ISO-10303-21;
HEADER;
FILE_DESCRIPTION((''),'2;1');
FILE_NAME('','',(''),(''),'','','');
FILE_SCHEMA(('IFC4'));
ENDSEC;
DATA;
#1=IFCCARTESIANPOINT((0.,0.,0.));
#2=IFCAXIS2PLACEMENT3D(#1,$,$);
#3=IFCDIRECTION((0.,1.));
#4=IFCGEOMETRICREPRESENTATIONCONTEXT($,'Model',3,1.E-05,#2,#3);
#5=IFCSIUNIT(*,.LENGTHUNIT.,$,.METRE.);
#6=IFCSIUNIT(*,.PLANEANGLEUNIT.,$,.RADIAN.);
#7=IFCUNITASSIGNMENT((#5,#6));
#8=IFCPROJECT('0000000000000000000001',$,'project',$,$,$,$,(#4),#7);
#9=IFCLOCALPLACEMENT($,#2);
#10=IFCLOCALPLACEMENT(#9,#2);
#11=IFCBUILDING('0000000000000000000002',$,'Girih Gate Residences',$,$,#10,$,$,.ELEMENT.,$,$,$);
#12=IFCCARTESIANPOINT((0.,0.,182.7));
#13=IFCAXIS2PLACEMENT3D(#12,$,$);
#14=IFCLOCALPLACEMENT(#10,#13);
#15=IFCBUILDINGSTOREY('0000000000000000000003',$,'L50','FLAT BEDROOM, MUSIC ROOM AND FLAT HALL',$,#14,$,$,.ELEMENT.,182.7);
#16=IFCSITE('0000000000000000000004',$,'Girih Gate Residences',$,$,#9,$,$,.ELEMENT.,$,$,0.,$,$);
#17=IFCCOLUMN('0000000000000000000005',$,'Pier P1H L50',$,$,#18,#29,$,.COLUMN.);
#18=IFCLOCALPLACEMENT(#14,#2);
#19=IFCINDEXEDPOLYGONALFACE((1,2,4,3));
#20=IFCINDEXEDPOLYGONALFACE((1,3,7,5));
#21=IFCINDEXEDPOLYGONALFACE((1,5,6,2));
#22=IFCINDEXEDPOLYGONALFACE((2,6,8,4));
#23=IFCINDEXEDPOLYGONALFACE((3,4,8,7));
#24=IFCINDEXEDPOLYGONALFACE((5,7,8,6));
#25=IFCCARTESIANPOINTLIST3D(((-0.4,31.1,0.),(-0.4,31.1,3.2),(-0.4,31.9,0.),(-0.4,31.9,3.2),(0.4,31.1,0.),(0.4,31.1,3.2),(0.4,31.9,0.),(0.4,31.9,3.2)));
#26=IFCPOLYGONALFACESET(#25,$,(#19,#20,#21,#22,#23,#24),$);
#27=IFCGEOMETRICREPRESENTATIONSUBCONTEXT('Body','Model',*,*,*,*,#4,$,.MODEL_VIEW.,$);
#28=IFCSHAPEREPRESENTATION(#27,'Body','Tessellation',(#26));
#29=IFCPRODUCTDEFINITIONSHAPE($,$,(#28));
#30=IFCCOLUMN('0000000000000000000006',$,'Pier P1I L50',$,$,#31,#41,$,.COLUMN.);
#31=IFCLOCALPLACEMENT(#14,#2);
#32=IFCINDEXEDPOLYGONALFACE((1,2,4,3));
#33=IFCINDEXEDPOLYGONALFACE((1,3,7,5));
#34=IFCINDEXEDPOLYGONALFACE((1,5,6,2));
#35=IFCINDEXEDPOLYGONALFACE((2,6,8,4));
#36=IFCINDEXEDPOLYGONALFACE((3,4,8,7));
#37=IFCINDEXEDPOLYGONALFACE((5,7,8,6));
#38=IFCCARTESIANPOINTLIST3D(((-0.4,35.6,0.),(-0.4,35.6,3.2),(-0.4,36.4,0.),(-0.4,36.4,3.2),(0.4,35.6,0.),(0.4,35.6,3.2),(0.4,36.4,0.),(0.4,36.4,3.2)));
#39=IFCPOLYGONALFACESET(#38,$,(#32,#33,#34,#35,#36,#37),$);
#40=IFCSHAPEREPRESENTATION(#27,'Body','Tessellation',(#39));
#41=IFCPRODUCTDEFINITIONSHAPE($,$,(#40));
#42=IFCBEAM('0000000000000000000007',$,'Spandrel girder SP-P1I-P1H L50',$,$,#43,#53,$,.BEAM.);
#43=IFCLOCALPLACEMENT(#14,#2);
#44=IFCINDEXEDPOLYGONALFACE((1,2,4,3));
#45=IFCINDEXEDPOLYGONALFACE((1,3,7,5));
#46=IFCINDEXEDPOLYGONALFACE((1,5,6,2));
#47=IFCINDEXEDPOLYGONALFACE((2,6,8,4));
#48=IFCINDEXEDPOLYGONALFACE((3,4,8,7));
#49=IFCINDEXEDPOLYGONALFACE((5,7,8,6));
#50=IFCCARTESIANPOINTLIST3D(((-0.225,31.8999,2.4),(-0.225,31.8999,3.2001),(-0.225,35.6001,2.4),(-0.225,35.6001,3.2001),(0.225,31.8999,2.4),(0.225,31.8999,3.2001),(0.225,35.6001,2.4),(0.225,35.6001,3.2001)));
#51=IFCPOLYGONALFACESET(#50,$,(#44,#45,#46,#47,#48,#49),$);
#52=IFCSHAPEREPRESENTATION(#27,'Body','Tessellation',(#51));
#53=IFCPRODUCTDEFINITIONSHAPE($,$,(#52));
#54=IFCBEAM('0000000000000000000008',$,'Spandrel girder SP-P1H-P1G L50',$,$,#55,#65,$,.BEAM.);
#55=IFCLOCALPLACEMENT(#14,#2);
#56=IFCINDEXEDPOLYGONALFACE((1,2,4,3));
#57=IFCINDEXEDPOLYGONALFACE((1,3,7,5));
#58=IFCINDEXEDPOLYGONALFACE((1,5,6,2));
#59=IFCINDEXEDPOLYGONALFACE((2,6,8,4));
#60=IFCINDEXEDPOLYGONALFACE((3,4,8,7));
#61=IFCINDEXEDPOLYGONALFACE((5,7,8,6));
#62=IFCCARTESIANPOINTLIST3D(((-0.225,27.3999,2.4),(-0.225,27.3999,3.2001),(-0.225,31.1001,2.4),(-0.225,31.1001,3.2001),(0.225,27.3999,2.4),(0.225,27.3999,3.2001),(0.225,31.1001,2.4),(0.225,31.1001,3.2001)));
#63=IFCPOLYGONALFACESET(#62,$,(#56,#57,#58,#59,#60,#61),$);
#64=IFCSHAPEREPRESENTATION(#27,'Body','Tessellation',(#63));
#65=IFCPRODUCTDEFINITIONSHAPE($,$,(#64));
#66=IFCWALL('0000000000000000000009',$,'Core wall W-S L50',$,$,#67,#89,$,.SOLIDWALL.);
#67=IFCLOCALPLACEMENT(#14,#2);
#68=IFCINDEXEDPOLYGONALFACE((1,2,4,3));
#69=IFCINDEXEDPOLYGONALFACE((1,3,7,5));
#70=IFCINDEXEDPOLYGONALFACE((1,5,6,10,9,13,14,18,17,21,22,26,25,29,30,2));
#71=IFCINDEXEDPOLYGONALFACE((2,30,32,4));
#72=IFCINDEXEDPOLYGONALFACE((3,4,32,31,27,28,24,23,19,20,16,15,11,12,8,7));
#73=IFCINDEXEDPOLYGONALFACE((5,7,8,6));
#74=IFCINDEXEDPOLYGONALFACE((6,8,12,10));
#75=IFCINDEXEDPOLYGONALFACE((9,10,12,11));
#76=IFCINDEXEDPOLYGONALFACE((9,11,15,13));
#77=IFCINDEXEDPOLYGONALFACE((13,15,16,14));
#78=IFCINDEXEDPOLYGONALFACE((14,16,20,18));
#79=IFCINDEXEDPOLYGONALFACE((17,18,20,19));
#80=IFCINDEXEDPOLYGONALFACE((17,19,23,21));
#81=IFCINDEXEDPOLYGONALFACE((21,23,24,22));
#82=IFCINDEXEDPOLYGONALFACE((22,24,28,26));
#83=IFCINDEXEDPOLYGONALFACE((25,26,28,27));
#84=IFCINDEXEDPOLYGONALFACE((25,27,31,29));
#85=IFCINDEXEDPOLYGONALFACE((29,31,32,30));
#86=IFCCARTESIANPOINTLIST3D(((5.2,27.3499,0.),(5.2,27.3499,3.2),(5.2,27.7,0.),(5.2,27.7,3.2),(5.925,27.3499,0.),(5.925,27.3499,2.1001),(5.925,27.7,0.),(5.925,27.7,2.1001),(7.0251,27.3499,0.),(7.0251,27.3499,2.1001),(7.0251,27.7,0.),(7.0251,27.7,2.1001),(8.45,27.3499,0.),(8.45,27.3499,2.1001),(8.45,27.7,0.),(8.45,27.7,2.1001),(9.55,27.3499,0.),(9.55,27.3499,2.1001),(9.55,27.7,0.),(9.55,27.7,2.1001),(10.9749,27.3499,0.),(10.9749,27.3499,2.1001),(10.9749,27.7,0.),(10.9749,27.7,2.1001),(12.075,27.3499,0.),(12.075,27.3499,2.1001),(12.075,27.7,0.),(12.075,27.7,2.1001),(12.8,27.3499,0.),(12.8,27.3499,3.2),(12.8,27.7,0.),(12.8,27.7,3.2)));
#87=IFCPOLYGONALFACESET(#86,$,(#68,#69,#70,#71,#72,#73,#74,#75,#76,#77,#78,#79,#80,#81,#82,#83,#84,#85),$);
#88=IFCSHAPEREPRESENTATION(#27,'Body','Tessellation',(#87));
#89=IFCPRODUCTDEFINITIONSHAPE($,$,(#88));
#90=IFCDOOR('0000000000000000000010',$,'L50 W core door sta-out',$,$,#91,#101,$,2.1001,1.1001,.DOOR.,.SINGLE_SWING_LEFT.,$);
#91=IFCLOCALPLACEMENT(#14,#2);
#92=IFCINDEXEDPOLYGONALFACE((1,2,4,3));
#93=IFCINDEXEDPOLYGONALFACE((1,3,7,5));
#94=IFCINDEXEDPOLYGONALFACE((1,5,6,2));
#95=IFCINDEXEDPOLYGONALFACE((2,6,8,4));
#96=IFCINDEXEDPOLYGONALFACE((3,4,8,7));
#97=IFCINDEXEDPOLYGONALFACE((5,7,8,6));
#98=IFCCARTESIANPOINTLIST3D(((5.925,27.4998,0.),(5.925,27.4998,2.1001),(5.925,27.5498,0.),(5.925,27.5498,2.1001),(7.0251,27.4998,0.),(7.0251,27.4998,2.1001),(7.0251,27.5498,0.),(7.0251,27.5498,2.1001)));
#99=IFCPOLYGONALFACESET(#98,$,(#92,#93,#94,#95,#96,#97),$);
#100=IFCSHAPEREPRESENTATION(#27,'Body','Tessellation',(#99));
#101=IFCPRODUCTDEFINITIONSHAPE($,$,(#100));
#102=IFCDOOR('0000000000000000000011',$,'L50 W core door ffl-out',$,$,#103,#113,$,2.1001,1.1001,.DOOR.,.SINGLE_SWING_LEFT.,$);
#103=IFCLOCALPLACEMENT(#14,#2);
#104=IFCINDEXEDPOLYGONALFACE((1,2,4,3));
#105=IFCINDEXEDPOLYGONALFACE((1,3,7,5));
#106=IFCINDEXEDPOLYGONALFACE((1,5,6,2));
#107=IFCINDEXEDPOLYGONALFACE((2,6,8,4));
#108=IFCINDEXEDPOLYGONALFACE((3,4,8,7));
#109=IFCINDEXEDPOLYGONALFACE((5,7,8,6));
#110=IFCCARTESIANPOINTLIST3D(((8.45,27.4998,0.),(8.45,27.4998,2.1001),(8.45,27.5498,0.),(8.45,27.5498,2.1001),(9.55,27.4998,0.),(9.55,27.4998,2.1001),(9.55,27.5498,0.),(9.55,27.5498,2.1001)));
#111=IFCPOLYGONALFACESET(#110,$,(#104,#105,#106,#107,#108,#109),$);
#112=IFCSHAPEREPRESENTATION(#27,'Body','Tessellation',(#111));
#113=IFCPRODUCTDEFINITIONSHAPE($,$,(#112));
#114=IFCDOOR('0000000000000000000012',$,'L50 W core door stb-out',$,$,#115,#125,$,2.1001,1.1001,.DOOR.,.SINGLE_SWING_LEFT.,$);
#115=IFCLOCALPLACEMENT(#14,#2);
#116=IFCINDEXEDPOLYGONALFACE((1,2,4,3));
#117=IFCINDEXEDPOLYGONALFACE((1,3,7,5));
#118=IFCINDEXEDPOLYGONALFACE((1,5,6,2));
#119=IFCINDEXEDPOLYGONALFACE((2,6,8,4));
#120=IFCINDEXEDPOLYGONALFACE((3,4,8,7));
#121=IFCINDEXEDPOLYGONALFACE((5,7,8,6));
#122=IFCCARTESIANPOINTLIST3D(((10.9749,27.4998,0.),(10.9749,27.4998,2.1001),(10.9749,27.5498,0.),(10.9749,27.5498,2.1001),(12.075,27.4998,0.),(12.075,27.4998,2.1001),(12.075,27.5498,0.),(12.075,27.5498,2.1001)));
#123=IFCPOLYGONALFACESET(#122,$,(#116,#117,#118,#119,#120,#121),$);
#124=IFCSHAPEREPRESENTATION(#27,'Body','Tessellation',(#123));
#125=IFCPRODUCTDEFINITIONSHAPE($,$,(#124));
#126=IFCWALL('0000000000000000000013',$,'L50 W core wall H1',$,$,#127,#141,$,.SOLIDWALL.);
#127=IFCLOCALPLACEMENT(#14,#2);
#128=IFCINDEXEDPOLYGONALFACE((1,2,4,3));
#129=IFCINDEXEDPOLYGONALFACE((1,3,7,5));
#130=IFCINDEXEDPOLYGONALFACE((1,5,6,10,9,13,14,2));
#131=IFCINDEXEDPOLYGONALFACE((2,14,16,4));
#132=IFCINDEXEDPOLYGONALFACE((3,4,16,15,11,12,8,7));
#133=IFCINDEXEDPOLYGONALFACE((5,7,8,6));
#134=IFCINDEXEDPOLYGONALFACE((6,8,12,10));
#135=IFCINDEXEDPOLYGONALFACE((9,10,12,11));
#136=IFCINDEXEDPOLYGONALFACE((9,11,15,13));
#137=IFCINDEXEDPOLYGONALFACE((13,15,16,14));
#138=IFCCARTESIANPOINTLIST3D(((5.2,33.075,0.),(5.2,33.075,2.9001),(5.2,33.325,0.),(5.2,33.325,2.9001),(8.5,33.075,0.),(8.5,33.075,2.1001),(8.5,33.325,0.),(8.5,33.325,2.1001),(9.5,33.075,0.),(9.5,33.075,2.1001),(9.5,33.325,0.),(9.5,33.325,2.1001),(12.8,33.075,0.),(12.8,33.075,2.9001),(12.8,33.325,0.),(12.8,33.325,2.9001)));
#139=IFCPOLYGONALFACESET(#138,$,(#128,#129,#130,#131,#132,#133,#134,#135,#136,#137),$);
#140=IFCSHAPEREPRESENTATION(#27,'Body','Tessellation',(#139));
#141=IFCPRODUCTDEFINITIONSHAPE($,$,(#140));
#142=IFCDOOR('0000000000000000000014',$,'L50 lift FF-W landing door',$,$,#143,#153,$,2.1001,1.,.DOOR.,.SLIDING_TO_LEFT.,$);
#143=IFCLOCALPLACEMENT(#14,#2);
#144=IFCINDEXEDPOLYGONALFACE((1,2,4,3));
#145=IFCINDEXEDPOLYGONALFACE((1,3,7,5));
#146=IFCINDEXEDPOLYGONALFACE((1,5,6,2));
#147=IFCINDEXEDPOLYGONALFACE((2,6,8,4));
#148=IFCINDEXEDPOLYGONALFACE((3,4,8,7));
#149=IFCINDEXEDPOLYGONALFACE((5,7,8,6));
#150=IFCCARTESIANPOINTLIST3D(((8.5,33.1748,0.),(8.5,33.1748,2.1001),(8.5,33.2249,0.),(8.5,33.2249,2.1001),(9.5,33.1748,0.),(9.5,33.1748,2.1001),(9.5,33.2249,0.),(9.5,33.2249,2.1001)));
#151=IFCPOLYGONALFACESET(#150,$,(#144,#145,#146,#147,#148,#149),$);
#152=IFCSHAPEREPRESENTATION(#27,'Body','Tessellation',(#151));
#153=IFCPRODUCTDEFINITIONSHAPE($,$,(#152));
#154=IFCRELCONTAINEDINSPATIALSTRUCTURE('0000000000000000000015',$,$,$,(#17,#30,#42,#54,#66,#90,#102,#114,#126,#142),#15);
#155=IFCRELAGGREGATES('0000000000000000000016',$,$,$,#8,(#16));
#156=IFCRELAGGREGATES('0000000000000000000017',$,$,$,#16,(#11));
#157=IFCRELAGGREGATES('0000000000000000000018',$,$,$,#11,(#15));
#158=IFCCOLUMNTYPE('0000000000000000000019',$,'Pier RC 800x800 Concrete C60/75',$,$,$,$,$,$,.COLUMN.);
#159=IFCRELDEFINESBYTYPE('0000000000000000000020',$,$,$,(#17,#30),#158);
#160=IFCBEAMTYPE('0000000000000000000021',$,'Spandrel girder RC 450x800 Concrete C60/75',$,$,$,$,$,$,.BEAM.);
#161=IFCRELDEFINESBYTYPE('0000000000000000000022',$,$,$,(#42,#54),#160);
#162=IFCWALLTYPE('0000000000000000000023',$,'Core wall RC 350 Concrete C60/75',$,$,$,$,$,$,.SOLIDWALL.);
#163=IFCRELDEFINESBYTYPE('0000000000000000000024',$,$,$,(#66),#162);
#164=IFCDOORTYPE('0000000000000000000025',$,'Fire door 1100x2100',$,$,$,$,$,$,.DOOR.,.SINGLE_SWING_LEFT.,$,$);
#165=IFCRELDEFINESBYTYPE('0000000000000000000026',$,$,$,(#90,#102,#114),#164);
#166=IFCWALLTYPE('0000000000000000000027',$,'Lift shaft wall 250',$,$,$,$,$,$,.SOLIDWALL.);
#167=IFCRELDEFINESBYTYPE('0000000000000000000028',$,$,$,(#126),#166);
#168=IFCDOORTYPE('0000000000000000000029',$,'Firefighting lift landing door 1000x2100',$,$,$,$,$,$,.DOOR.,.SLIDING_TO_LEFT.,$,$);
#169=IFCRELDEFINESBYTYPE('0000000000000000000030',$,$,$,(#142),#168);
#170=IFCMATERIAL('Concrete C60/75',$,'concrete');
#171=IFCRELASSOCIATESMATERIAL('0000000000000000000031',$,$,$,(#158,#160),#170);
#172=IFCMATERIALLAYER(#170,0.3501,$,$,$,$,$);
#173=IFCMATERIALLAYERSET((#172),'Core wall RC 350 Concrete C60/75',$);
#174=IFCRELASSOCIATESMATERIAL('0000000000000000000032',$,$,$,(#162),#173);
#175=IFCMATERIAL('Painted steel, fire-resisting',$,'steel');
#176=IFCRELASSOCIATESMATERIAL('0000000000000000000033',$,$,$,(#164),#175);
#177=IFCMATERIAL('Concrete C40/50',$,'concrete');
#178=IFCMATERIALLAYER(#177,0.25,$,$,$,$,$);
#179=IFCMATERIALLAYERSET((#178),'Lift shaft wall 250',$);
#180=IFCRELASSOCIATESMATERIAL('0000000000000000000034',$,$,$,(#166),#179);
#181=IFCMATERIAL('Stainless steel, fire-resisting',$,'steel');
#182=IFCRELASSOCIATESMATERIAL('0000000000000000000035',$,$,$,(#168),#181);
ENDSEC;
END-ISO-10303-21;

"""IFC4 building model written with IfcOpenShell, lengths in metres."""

from ifc_helpers import new_model, si_unit, direction, frame, frame_2d, origin, origin_2d, place, context, subcontext, project, spatial, rectangle, extrude, material, layer, layer_set, material_profile, profile_set, type_object, element, fill, save


model = new_model("IFC4")

# Units and contexts
model_context = context("Model", 3, precision=1e-05, world=origin(), true_north=direction((0.0, 1.0)))
body_context = subcontext(model_context, "Body", "Model", "MODEL_VIEW")
ifc_project = project(units=[si_unit("LENGTHUNIT", "METRE"), si_unit("PLANEANGLEUNIT", "RADIAN")], contexts=[model_context])

# Site, building, storey
site_placement = place(None, origin())
site = spatial("IfcSite", under=ifc_project, at=site_placement, Name="Girih Gate Residences", CompositionType="ELEMENT", RefElevation=0.0)
building_placement = place(site_placement, origin())
building = spatial("IfcBuilding", under=site, at=building_placement, Name="Girih Gate Residences", CompositionType="ELEMENT")
storey_placement = place(building_placement, frame((0.0, 0.0, 182.7)))
storey = spatial("IfcBuildingStorey", under=building, at=storey_placement, Name="L50", Description="FLAT BEDROOM, MUSIC ROOM AND FLAT HALL", CompositionType="ELEMENT", Elevation=182.7)

# Columns
ifc_material_1 = material(Name="Concrete C60/75", Category="concrete")
ifc_material_profile_1 = material_profile(ifc_material_1, rectangle(XDim=0.8, YDim=0.8, at=origin_2d()))
ifc_profile_set_1 = profile_set([ifc_material_profile_1], Name="Concrete C60/75")
column_type = type_object("IfcColumnType", Name="Pier RC 800x800 Concrete C60/75", PredefinedType="COLUMN", material=ifc_profile_set_1)
for number, where, z_axis, x_axis, name in (
    (1, (0.0, 31.5, 0.0), (0.0, 0.0, 1.0), (1.0, 0.0, 0.0), "Pier P1H L50"),
    (2, (0.0, 36.0, 0.0), (0.0, 0.0, 1.0), (1.0, 0.0, 0.0), "Pier P1I L50"),
):
    element("IfcColumn", number, at=place(storey_placement, frame(where, z_axis=z_axis, x_axis=x_axis)), inside=storey, type_object=column_type, Name=name, PredefinedType="COLUMN", context=body_context, shape_type="SweptSolid", body=[
        extrude(rectangle(XDim=0.8, YDim=0.8, at=origin_2d()), origin(), (0.0, 0.0, 1.0), 3.2),
    ])

# Beams
ifc_material_profile_2 = material_profile(ifc_material_1, rectangle(XDim=0.45, YDim=0.8, at=origin_2d()))
ifc_profile_set_2 = profile_set([ifc_material_profile_2], Name="Concrete C60/75")
beam_type = type_object("IfcBeamType", Name="Spandrel girder RC 450x800 Concrete C60/75", PredefinedType="BEAM", material=ifc_profile_set_2)
for number, where, z_axis, x_axis, name in (
    (3, (0.0, 35.6001, 2.8), (0.0, -1.0, 0.0), (1.0, 0.0, 0.0), "Spandrel girder SP-P1I-P1H L50"),
    (4, (0.0, 31.1001, 2.8), (0.0, -1.0, 0.0), (1.0, 0.0, 0.0), "Spandrel girder SP-P1H-P1G L50"),
):
    element("IfcBeam", number, at=place(storey_placement, frame(where, z_axis=z_axis, x_axis=x_axis)), inside=storey, type_object=beam_type, Name=name, PredefinedType="BEAM", context=body_context, shape_type="SweptSolid", body=[
        extrude(rectangle(XDim=0.45, YDim=0.8, at=origin_2d()), origin(), (0.0, 0.0, 1.0), 3.7002),
    ])

# Wall, openings, doors
ifc_layer_1 = layer(ifc_material_1, 0.3501)
ifc_layer_set_1 = layer_set([ifc_layer_1], Name="Core wall RC 350 Concrete C60/75")
wall_type_1 = type_object("IfcWallType", Name="Core wall RC 350 Concrete C60/75", PredefinedType="SOLIDWALL", material=ifc_layer_set_1)
wall_1_placement = place(storey_placement, frame((5.2, 27.5249, 0.0), z_axis=(0.0, 0.0, 1.0), x_axis=(1.0, 0.0, 0.0)))
wall_1 = element("IfcWall", 5, at=wall_1_placement, inside=storey, type_object=wall_type_1, Name="Core wall W-S L50", PredefinedType="SOLIDWALL", context=body_context, shape_type="SweptSolid", body=[
    extrude(rectangle(XDim=7.6001, YDim=0.3501, at=frame_2d((3.8, 0.0))), origin(), (0.0, 0.0, 1.0), 3.2),
])
opening_1_placement = place(wall_1_placement, frame((0.7251, 0.0, 0.0)))
opening_1 = element("IfcOpeningElement", 6, at=opening_1_placement, cuts=wall_1, PredefinedType="OPENING", context=body_context, shape_type="SweptSolid", body=[
    extrude(rectangle(XDim=1.1001, YDim=2.1001, at=frame_2d((0.55, 1.05))), frame((0.0, 0.1851, 0.0), z_axis=(0.0, -1.0, 0.0), x_axis=(1.0, 0.0, 0.0)), (0.0, 0.0, 1.0), 0.3701),
])
opening_2_placement = place(wall_1_placement, frame((3.25, 0.0, 0.0)))
opening_2 = element("IfcOpeningElement", 7, at=opening_2_placement, cuts=wall_1, PredefinedType="OPENING", context=body_context, shape_type="SweptSolid", body=[
    extrude(rectangle(XDim=1.1001, YDim=2.1001, at=frame_2d((0.55, 1.05))), frame((0.0, 0.1851, 0.0), z_axis=(0.0, -1.0, 0.0), x_axis=(1.0, 0.0, 0.0)), (0.0, 0.0, 1.0), 0.3701),
])
opening_3_placement = place(wall_1_placement, frame((5.7749, 0.0, 0.0)))
opening_3 = element("IfcOpeningElement", 8, at=opening_3_placement, cuts=wall_1, PredefinedType="OPENING", context=body_context, shape_type="SweptSolid", body=[
    extrude(rectangle(XDim=1.1001, YDim=2.1001, at=frame_2d((0.55, 1.05))), frame((0.0, 0.1851, 0.0), z_axis=(0.0, -1.0, 0.0), x_axis=(1.0, 0.0, 0.0)), (0.0, 0.0, 1.0), 0.3701),
])
ifc_material_2 = material(Name="Painted steel, fire-resisting", Category="steel")
door_type_1 = type_object("IfcDoorType", Name="Fire door 1100x2100", OperationType="SINGLE_SWING_LEFT", PredefinedType="DOOR", material=ifc_material_2)
door_1_placement = place(opening_1_placement, origin())
door_1 = element("IfcDoor", 9, at=door_1_placement, inside=storey, type_object=door_type_1, Name="L50 W core door sta-out", OperationType="SINGLE_SWING_LEFT", OverallHeight=2.1001, OverallWidth=1.1001, PredefinedType="DOOR", context=body_context, shape_type="SweptSolid", body=[
    extrude(rectangle(XDim=1.1001, YDim=2.1001, at=frame_2d((0.55, 1.05))), frame((0.0, 0.0249, 0.0), z_axis=(0.0, -1.0, 0.0), x_axis=(1.0, 0.0, 0.0)), (0.0, 0.0, 1.0), 0.05),
])
fill(opening_1, door_1)
door_2_placement = place(opening_2_placement, origin())
door_2 = element("IfcDoor", 10, at=door_2_placement, inside=storey, type_object=door_type_1, Name="L50 W core door ffl-out", OperationType="SINGLE_SWING_LEFT", OverallHeight=2.1001, OverallWidth=1.1001, PredefinedType="DOOR", context=body_context, shape_type="SweptSolid", body=[
    extrude(rectangle(XDim=1.1001, YDim=2.1001, at=frame_2d((0.55, 1.05))), frame((0.0, 0.0249, 0.0), z_axis=(0.0, -1.0, 0.0), x_axis=(1.0, 0.0, 0.0)), (0.0, 0.0, 1.0), 0.05),
])
fill(opening_2, door_2)
door_3_placement = place(opening_3_placement, origin())
door_3 = element("IfcDoor", 11, at=door_3_placement, inside=storey, type_object=door_type_1, Name="L50 W core door stb-out", OperationType="SINGLE_SWING_LEFT", OverallHeight=2.1001, OverallWidth=1.1001, PredefinedType="DOOR", context=body_context, shape_type="SweptSolid", body=[
    extrude(rectangle(XDim=1.1001, YDim=2.1001, at=frame_2d((0.55, 1.05))), frame((0.0, 0.0249, 0.0), z_axis=(0.0, -1.0, 0.0), x_axis=(1.0, 0.0, 0.0)), (0.0, 0.0, 1.0), 0.05),
])
fill(opening_3, door_3)

# Wall, opening, door
ifc_material_3 = material(Name="Concrete C40/50", Category="concrete")
ifc_layer_2 = layer(ifc_material_3, 0.25)
ifc_layer_set_2 = layer_set([ifc_layer_2], Name="Lift shaft wall 250")
wall_type_2 = type_object("IfcWallType", Name="Lift shaft wall 250", PredefinedType="SOLIDWALL", material=ifc_layer_set_2)
wall_2_placement = place(storey_placement, frame((5.2, 33.2, 0.0), z_axis=(0.0, 0.0, 1.0), x_axis=(1.0, 0.0, 0.0)))
wall_2 = element("IfcWall", 12, at=wall_2_placement, inside=storey, type_object=wall_type_2, Name="L50 W core wall H1", PredefinedType="SOLIDWALL", context=body_context, shape_type="SweptSolid", body=[
    extrude(rectangle(XDim=7.6001, YDim=0.25, at=frame_2d((3.8, 0.0))), origin(), (0.0, 0.0, 1.0), 2.9001),
])
opening_4_placement = place(wall_2_placement, frame((3.3, 0.0, 0.0)))
opening_4 = element("IfcOpeningElement", 13, at=opening_4_placement, cuts=wall_2, PredefinedType="OPENING", context=body_context, shape_type="SweptSolid", body=[
    extrude(rectangle(XDim=1.0, YDim=2.1001, at=frame_2d((0.5, 1.05))), frame((0.0, 0.135, 0.0), z_axis=(0.0, -1.0, 0.0), x_axis=(1.0, 0.0, 0.0)), (0.0, 0.0, 1.0), 0.27),
])
ifc_material_4 = material(Name="Stainless steel, fire-resisting", Category="steel")
door_type_2 = type_object("IfcDoorType", Name="Firefighting lift landing door 1000x2100", OperationType="SLIDING_TO_LEFT", PredefinedType="DOOR", material=ifc_material_4)
door_4_placement = place(opening_4_placement, origin())
door_4 = element("IfcDoor", 14, at=door_4_placement, inside=storey, type_object=door_type_2, Name="L50 lift FF-W landing door", OperationType="SLIDING_TO_LEFT", OverallHeight=2.1001, OverallWidth=1.0, PredefinedType="DOOR", context=body_context, shape_type="SweptSolid", body=[
    extrude(rectangle(XDim=1.0, YDim=2.1001, at=frame_2d((0.5, 1.05))), frame((0.0, 0.0249, 0.0), z_axis=(0.0, -1.0, 0.0), x_axis=(1.0, 0.0, 0.0)), (0.0, 0.0, 1.0), 0.05),
])
fill(opening_4, door_4)

save(model, "model.ifc")
